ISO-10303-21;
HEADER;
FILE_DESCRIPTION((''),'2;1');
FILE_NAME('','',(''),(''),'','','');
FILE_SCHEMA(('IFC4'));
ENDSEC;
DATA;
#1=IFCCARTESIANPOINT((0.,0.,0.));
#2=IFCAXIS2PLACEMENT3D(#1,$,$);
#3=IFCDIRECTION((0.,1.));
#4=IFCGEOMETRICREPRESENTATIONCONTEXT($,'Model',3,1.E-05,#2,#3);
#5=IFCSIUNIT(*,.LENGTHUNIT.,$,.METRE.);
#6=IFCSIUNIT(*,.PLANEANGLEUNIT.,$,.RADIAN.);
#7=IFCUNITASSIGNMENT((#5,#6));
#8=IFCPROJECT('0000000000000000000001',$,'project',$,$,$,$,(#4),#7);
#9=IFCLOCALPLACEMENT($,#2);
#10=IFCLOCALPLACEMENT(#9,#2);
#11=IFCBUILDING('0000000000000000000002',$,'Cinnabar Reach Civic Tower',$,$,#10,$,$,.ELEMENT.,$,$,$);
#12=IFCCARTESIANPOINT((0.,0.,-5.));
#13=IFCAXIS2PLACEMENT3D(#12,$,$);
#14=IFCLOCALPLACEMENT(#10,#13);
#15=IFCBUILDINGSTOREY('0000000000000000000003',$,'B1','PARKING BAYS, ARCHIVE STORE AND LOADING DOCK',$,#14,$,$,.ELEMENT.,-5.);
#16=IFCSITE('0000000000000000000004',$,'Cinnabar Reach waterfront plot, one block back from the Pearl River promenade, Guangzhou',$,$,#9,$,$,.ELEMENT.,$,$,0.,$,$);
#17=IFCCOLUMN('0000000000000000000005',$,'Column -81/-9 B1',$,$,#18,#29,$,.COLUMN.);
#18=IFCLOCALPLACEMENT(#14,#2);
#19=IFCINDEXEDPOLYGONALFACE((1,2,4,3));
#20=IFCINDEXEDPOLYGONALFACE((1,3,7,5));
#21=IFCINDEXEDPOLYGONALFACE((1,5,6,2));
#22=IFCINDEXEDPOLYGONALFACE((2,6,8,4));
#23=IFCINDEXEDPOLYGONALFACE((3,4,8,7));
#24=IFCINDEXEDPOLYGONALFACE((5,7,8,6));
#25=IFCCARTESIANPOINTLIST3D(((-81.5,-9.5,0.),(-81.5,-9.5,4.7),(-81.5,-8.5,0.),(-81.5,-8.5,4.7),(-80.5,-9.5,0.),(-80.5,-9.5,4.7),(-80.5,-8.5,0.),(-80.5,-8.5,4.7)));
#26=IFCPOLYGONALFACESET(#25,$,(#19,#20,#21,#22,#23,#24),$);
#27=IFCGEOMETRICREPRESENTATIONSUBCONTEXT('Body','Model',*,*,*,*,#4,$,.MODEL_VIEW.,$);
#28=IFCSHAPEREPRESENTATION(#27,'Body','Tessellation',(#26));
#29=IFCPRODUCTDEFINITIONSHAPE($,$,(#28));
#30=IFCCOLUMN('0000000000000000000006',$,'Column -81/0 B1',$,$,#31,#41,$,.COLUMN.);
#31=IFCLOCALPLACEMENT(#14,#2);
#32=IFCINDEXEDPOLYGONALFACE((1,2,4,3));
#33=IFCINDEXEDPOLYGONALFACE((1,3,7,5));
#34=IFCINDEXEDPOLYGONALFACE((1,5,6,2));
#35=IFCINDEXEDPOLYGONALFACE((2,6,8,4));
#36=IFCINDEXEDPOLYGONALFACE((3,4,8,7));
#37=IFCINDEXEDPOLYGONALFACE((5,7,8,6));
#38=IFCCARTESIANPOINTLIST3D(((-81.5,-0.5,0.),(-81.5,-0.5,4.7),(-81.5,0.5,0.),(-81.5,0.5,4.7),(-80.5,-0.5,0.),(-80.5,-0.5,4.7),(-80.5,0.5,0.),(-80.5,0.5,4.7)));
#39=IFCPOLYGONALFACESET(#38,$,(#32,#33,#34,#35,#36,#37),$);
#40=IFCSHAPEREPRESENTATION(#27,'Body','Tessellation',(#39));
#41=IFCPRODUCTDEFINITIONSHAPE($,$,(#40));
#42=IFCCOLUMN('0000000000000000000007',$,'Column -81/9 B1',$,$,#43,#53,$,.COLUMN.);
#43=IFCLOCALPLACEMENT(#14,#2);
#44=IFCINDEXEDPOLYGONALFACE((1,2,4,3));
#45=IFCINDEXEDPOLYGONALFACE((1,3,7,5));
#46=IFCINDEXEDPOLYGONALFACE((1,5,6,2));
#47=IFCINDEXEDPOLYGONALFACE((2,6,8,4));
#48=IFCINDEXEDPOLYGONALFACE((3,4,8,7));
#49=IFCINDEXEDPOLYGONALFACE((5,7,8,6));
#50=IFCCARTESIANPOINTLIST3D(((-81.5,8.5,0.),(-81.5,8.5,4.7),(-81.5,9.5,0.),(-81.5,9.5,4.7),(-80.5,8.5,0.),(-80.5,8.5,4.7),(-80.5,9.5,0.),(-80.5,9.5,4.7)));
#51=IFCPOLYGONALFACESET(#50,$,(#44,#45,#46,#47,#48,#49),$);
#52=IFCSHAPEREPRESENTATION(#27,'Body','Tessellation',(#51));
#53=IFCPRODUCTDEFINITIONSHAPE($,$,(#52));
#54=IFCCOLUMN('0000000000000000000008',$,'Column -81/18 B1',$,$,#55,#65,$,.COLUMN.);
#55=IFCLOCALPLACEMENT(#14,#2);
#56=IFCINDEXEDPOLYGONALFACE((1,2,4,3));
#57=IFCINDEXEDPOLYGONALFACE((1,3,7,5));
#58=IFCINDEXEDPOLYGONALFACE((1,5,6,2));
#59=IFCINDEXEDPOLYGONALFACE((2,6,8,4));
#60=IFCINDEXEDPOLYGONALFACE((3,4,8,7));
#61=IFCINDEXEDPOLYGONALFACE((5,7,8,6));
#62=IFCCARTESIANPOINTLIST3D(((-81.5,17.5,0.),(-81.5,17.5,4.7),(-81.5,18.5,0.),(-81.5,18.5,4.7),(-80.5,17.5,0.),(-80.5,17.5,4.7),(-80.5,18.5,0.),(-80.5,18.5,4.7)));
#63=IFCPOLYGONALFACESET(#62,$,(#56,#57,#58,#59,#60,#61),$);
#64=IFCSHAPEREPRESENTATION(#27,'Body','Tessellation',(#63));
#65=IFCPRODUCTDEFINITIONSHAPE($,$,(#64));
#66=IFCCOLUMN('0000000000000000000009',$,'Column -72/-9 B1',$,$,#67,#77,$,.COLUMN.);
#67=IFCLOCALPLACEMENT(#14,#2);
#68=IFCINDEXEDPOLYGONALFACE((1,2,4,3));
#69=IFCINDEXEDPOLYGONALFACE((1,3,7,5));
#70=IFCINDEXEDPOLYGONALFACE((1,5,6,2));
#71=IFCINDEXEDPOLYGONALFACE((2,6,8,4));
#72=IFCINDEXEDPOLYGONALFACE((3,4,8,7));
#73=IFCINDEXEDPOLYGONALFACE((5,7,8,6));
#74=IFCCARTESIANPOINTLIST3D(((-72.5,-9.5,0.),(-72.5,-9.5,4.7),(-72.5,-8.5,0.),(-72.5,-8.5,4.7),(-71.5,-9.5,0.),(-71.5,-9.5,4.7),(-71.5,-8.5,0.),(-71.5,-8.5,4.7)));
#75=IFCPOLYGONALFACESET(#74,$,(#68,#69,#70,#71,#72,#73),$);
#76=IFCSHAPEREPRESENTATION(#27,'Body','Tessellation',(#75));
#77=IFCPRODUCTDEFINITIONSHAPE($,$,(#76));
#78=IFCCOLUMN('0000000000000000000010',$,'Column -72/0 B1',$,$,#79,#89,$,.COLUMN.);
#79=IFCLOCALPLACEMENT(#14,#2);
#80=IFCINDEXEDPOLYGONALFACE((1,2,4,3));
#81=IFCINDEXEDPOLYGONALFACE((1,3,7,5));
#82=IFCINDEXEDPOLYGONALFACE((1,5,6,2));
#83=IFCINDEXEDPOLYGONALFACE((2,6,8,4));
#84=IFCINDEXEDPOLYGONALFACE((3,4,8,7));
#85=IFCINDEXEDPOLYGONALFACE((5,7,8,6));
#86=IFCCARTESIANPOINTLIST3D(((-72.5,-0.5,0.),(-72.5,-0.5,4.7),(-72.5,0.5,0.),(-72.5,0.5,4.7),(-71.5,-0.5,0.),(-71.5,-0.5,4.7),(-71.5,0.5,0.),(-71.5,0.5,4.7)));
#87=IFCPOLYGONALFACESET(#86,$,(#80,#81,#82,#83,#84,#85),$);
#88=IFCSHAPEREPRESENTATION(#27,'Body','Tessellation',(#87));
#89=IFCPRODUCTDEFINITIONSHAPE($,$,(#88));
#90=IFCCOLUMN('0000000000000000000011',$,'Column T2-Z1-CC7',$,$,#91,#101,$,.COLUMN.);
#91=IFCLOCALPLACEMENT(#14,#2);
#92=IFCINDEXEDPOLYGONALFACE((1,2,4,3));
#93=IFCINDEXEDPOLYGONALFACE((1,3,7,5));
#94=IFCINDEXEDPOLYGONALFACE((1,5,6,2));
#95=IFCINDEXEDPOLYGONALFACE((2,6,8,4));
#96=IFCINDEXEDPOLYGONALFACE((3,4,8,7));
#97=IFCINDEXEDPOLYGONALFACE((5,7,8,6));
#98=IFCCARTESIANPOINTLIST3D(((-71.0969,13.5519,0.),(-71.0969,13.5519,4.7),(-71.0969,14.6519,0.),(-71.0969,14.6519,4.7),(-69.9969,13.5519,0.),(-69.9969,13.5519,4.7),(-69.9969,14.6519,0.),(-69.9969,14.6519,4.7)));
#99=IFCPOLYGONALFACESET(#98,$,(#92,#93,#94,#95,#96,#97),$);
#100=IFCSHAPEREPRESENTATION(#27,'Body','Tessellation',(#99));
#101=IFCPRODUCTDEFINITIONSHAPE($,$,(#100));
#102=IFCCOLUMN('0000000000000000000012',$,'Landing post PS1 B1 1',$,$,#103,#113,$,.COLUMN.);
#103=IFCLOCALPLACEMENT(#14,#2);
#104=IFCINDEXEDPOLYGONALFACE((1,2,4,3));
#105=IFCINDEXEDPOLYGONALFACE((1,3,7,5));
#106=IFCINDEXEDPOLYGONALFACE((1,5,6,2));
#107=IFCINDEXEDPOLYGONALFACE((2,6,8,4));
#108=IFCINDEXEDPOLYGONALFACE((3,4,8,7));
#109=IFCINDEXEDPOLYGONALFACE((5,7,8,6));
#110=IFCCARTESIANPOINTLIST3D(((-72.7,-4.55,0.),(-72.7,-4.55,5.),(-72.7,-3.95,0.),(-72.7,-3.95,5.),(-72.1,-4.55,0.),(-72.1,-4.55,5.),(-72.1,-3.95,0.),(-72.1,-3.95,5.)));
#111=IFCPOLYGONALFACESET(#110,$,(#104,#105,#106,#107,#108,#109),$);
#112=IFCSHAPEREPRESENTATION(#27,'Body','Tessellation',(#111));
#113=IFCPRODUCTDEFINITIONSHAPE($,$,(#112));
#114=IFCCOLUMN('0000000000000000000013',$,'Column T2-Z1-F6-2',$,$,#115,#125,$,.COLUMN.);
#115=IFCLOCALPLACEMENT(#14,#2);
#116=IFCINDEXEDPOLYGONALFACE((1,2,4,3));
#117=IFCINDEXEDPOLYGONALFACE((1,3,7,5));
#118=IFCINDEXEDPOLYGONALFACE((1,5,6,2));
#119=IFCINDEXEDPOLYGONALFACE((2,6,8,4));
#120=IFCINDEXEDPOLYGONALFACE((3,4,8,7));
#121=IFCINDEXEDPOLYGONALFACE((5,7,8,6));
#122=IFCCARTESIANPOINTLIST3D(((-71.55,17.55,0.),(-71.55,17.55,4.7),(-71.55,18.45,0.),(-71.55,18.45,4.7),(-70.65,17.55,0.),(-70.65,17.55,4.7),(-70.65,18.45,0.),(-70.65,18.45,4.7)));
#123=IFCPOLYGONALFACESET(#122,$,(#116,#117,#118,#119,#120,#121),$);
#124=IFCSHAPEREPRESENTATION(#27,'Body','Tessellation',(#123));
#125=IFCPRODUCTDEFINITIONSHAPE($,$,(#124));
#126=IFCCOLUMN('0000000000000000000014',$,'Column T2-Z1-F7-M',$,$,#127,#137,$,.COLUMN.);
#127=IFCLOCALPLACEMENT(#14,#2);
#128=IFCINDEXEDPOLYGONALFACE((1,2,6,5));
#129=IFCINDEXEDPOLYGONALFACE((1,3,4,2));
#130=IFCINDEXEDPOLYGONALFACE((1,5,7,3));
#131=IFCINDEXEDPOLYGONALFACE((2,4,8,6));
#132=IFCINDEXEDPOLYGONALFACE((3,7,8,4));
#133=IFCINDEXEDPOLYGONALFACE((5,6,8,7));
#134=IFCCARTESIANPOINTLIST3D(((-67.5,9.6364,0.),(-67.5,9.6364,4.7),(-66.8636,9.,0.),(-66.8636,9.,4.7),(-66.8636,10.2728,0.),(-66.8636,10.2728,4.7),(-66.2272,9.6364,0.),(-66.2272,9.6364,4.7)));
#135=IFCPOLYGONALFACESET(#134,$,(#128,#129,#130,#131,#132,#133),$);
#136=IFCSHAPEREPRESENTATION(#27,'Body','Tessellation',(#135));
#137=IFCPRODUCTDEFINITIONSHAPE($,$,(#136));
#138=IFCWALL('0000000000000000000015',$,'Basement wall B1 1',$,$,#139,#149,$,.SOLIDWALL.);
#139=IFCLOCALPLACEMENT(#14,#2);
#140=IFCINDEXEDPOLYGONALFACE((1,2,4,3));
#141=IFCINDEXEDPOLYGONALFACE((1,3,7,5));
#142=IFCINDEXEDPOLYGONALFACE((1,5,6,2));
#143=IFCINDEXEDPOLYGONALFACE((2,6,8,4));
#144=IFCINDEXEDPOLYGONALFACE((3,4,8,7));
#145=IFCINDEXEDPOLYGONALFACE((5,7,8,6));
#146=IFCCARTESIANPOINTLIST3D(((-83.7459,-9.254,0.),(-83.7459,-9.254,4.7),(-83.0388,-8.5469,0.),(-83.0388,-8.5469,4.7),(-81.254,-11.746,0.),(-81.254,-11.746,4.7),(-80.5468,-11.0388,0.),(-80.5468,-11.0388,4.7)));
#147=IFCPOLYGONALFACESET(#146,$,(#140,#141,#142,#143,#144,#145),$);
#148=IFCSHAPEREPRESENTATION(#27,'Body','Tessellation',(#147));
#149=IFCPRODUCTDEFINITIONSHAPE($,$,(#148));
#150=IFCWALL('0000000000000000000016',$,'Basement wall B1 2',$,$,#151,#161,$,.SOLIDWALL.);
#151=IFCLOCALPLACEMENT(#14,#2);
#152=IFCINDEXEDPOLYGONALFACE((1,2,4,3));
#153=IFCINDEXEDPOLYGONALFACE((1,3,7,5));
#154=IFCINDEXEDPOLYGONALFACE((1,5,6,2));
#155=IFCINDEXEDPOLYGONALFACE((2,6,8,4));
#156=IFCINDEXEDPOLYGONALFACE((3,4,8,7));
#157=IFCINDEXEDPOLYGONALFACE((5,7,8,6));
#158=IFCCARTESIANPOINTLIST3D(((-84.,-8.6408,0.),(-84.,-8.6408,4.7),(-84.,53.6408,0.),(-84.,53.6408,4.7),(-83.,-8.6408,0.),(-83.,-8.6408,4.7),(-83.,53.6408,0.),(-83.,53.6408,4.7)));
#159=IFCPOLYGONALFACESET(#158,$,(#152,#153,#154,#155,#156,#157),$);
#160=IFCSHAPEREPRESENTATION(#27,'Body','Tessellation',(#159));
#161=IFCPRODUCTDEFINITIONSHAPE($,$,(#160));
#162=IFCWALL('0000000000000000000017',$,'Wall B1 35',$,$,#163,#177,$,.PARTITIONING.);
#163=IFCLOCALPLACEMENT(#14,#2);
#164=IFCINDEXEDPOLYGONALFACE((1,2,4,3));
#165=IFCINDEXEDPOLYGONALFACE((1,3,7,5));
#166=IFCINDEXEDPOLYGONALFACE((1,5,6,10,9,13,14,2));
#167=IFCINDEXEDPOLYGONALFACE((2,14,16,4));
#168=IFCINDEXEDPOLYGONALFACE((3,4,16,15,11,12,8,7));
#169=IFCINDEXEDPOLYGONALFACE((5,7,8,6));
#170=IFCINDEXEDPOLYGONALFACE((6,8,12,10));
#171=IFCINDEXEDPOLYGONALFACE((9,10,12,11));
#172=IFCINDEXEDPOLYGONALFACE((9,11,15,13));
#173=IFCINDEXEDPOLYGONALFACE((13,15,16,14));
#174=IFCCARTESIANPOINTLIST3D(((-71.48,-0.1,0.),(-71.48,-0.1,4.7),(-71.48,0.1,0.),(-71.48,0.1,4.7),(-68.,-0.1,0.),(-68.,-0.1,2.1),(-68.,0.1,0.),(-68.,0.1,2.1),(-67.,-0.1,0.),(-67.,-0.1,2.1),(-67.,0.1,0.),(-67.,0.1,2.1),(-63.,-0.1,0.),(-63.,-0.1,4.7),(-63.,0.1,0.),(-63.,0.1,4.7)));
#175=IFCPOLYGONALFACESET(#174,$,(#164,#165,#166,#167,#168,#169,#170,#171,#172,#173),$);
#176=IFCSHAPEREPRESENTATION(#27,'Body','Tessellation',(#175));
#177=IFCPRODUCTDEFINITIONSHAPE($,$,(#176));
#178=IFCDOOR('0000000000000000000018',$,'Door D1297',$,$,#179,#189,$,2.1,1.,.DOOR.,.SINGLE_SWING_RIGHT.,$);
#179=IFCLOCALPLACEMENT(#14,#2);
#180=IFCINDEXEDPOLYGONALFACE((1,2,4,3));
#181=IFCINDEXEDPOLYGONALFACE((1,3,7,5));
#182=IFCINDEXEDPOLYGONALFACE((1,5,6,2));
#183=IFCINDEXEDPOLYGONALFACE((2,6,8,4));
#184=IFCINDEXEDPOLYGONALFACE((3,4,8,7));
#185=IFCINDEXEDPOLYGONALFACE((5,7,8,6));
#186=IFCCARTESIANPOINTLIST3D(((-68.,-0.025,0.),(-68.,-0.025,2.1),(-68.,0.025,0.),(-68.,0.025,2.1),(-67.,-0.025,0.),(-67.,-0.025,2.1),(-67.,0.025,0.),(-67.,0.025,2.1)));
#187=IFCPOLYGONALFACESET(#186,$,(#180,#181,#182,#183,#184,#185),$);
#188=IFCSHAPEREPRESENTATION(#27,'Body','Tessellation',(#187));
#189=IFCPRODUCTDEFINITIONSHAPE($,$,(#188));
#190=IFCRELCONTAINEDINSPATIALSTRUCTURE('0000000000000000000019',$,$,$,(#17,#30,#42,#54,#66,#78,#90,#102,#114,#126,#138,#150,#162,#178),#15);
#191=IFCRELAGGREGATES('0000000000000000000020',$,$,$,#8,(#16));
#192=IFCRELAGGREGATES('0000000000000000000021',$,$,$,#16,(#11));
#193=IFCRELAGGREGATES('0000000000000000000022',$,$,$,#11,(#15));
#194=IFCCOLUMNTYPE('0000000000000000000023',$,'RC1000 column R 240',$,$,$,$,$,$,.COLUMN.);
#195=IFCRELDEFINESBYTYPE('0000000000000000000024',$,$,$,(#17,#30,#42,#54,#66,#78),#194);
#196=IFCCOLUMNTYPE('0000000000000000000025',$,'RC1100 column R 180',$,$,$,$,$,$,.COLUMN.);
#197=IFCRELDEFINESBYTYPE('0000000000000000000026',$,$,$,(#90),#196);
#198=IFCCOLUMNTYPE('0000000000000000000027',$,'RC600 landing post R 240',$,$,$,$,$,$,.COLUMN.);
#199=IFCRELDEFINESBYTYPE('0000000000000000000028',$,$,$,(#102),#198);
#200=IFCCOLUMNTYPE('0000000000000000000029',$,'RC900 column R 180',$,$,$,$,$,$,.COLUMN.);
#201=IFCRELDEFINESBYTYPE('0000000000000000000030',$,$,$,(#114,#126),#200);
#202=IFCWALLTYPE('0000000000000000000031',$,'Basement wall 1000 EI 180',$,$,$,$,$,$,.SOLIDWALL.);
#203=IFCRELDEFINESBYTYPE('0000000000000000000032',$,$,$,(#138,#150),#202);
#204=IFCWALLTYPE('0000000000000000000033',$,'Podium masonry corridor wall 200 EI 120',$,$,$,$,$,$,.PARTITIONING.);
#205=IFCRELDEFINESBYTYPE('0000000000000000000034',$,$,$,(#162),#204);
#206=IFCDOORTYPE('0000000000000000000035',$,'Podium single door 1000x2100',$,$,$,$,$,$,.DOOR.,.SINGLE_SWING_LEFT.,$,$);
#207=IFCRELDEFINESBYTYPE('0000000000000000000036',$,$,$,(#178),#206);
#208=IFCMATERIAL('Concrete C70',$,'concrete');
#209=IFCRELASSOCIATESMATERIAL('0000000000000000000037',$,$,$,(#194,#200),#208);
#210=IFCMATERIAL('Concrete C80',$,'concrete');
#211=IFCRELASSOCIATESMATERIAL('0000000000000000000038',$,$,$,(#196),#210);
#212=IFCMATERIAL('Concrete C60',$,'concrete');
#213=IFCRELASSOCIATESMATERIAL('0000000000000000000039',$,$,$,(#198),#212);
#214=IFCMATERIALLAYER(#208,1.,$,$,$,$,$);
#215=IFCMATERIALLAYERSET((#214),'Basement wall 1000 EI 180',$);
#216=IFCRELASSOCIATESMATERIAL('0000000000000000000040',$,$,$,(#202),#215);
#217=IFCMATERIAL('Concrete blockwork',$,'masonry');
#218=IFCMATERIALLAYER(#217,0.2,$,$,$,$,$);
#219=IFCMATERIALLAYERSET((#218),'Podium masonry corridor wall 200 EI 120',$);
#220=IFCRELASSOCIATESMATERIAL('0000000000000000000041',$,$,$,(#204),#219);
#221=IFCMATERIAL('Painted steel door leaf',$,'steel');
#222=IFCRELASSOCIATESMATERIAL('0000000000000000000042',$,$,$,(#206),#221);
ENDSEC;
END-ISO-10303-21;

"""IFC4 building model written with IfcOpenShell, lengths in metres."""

from ifc_helpers import new_model, si_unit, direction, frame, frame_2d, origin, origin_2d, place, context, subcontext, project, spatial, rectangle, extrude, material, layer, layer_set, material_profile, profile_set, type_object, element, fill, save


model = new_model("IFC4")

# Units and contexts
model_context = context("Model", 3, precision=1e-05, world=origin(), true_north=direction((0.0, 1.0)))
body_context = subcontext(model_context, "Body", "Model", "MODEL_VIEW")
ifc_project = project(units=[si_unit("LENGTHUNIT", "METRE"), si_unit("PLANEANGLEUNIT", "RADIAN")], contexts=[model_context])

# Site, building, storey
site_placement = place(None, origin())
site = spatial("IfcSite", under=ifc_project, at=site_placement, Name="Cinnabar Reach waterfront plot, one block back from the Pearl River promenade, Guangzhou", CompositionType="ELEMENT", RefElevation=0.0)
building_placement = place(site_placement, origin())
building = spatial("IfcBuilding", under=site, at=building_placement, Name="Cinnabar Reach Civic Tower", CompositionType="ELEMENT")
storey_placement = place(building_placement, frame((0.0, 0.0, -5.0)))
storey = spatial("IfcBuildingStorey", under=building, at=storey_placement, Name="B1", Description="PARKING BAYS, ARCHIVE STORE AND LOADING DOCK", CompositionType="ELEMENT", Elevation=-5.0)

# Columns
ifc_material_1 = material(Name="Concrete C70", Category="concrete")
ifc_material_profile_1 = material_profile(ifc_material_1, rectangle(XDim=1.0, YDim=1.0, at=origin_2d()), Name="RC1000")
ifc_profile_set_1 = profile_set([ifc_material_profile_1], Name="Concrete C70")
column_type_1 = type_object("IfcColumnType", Name="RC1000 column R 240", PredefinedType="COLUMN", material=ifc_profile_set_1)
for number, where, z_axis, x_axis, name in (
    (1, (-81.0, -9.0, 0.0), (0.0, 0.0, 1.0), (1.0, 0.0, 0.0), "Column -81/-9 B1"),
    (2, (-81.0, 0.0, 0.0), (0.0, 0.0, 1.0), (1.0, 0.0, 0.0), "Column -81/0 B1"),
    (3, (-81.0, 9.0, 0.0), (0.0, 0.0, 1.0), (1.0, 0.0, 0.0), "Column -81/9 B1"),
    (4, (-81.0, 18.0, 0.0), (0.0, 0.0, 1.0), (1.0, 0.0, 0.0), "Column -81/18 B1"),
    (5, (-72.0, -9.0, 0.0), (0.0, 0.0, 1.0), (1.0, 0.0, 0.0), "Column -72/-9 B1"),
    (6, (-72.0, 0.0, 0.0), (0.0, 0.0, 1.0), (1.0, 0.0, 0.0), "Column -72/0 B1"),
):
    element("IfcColumn", number, at=place(storey_placement, frame(where, z_axis=z_axis, x_axis=x_axis)), inside=storey, type_object=column_type_1, Name=name, PredefinedType="COLUMN", context=body_context, shape_type="SweptSolid", body=[
        extrude(rectangle(XDim=1.0, YDim=1.0, at=origin_2d()), origin(), (0.0, 0.0, 1.0), 4.7),
    ])
ifc_material_2 = material(Name="Concrete C80", Category="concrete")
ifc_material_profile_2 = material_profile(ifc_material_2, rectangle(XDim=1.1, YDim=1.1, at=origin_2d()), Name="RC1100")
ifc_profile_set_2 = profile_set([ifc_material_profile_2], Name="Concrete C80")
column_type_2 = type_object("IfcColumnType", Name="RC1100 column R 180", PredefinedType="COLUMN", material=ifc_profile_set_2)
column_1_placement = place(storey_placement, frame((-70.5469, 14.1019, 0.0), z_axis=(0.0, 0.0, 1.0), x_axis=(1.0, 0.0, 0.0)))
element("IfcColumn", 7, at=column_1_placement, inside=storey, type_object=column_type_2, Name="Column T2-Z1-CC7", PredefinedType="COLUMN", context=body_context, shape_type="SweptSolid", body=[
    extrude(rectangle(XDim=1.1, YDim=1.1, at=origin_2d()), origin(), (0.0, 0.0, 1.0), 4.7),
])
ifc_material_3 = material(Name="Concrete C60", Category="concrete")
ifc_material_profile_3 = material_profile(ifc_material_3, rectangle(XDim=0.6, YDim=0.6, at=origin_2d()), Name="RC600")
ifc_profile_set_3 = profile_set([ifc_material_profile_3], Name="Concrete C60")
column_type_3 = type_object("IfcColumnType", Name="RC600 landing post R 240", PredefinedType="COLUMN", material=ifc_profile_set_3)
column_2_placement = place(storey_placement, frame((-72.4, -4.25, 0.0), z_axis=(0.0, 0.0, 1.0), x_axis=(1.0, 0.0, 0.0)))
element("IfcColumn", 8, at=column_2_placement, inside=storey, type_object=column_type_3, Name="Landing post PS1 B1 1", PredefinedType="COLUMN", context=body_context, shape_type="SweptSolid", body=[
    extrude(rectangle(XDim=0.6, YDim=0.6, at=origin_2d()), origin(), (0.0, 0.0, 1.0), 5.0),
])
ifc_material_profile_4 = material_profile(ifc_material_1, rectangle(XDim=0.9, YDim=0.9, at=origin_2d()), Name="RC900")
ifc_profile_set_4 = profile_set([ifc_material_profile_4], Name="Concrete C70")
column_type_4 = type_object("IfcColumnType", Name="RC900 column R 180", PredefinedType="COLUMN", material=ifc_profile_set_4)
for number, where, z_axis, x_axis, name in (
    (9, (-71.1, 18.0, 0.0), (0.0, 0.0, 1.0), (1.0, 0.0, 0.0), "Column T2-Z1-F6-2"),
    (10, (-66.8636, 9.6364, 0.0), (0.0, 0.0, 1.0), (0.707107, 0.707107, 0.0), "Column T2-Z1-F7-M"),
):
    element("IfcColumn", number, at=place(storey_placement, frame(where, z_axis=z_axis, x_axis=x_axis)), inside=storey, type_object=column_type_4, Name=name, PredefinedType="COLUMN", context=body_context, shape_type="SweptSolid", body=[
        extrude(rectangle(XDim=0.9, YDim=0.9, at=origin_2d()), origin(), (0.0, 0.0, 1.0), 4.7),
    ])

# Walls
ifc_layer_1 = layer(ifc_material_1, 1.0)
ifc_layer_set_1 = layer_set([ifc_layer_1], Name="Basement wall 1000 EI 180")
wall_type_1 = type_object("IfcWallType", Name="Basement wall 1000 EI 180", PredefinedType="SOLIDWALL", material=ifc_layer_set_1)
wall_1_placement = place(storey_placement, frame((-80.9004, -11.3924, 0.0), z_axis=(0.0, 0.0, 1.0), x_axis=(-0.707107, 0.707107, 0.0)))
element("IfcWall", 11, at=wall_1_placement, inside=storey, type_object=wall_type_1, Name="Basement wall B1 1", PredefinedType="SOLIDWALL", context=body_context, shape_type="SweptSolid", body=[
    extrude(rectangle(XDim=3.5242, YDim=1.0, at=frame_2d((1.7621, 0.0))), origin(), (0.0, 0.0, 1.0), 4.7),
])
wall_2_placement = place(storey_placement, frame((-83.5, -8.6408, 0.0), z_axis=(0.0, 0.0, 1.0), x_axis=(0.0, 1.0, 0.0)))
element("IfcWall", 12, at=wall_2_placement, inside=storey, type_object=wall_type_1, Name="Basement wall B1 2", PredefinedType="SOLIDWALL", context=body_context, shape_type="SweptSolid", body=[
    extrude(rectangle(XDim=62.2816, YDim=1.0, at=frame_2d((31.1408, 0.0))), origin(), (0.0, 0.0, 1.0), 4.7),
])

# Wall, opening, door
ifc_material_4 = material(Name="Concrete blockwork", Category="masonry")
ifc_layer_2 = layer(ifc_material_4, 0.2)
ifc_layer_set_2 = layer_set([ifc_layer_2], Name="Podium masonry corridor wall 200 EI 120")
wall_type_2 = type_object("IfcWallType", Name="Podium masonry corridor wall 200 EI 120", PredefinedType="PARTITIONING", material=ifc_layer_set_2)
wall_3_placement = place(storey_placement, frame((-71.48, 0.0, 0.0), z_axis=(0.0, 0.0, 1.0), x_axis=(1.0, 0.0, 0.0)))
wall_3 = element("IfcWall", 13, at=wall_3_placement, inside=storey, type_object=wall_type_2, Name="Wall B1 35", PredefinedType="PARTITIONING", context=body_context, shape_type="SweptSolid", body=[
    extrude(rectangle(XDim=8.48, YDim=0.2, at=frame_2d((4.24, 0.0))), origin(), (0.0, 0.0, 1.0), 4.7),
])
opening_1_placement = place(wall_3_placement, frame((3.48, 0.0, 0.0)))
opening_1 = element("IfcOpeningElement", 14, at=opening_1_placement, cuts=wall_3, PredefinedType="OPENING", context=body_context, shape_type="SweptSolid", body=[
    extrude(rectangle(XDim=1.0, YDim=2.1, at=frame_2d((0.5, 1.05))), frame((0.0, 0.11, 0.0), z_axis=(0.0, -1.0, 0.0), x_axis=(1.0, 0.0, 0.0)), (0.0, 0.0, 1.0), 0.22),
])
ifc_material_5 = material(Name="Painted steel door leaf", Category="steel")
door_type_1 = type_object("IfcDoorType", Name="Podium single door 1000x2100", OperationType="SINGLE_SWING_LEFT", PredefinedType="DOOR", material=ifc_material_5)
door_1_placement = place(opening_1_placement, frame((1.0, 0.0, 0.0), z_axis=(0.0, 0.0, 1.0), x_axis=(-1.0, 0.0, 0.0)))
door_1 = element("IfcDoor", 15, at=door_1_placement, inside=storey, type_object=door_type_1, Name="Door D1297", OperationType="SINGLE_SWING_RIGHT", OverallHeight=2.1, OverallWidth=1.0, PredefinedType="DOOR", context=body_context, shape_type="SweptSolid", body=[
    extrude(rectangle(XDim=1.0, YDim=2.1, at=frame_2d((0.5, 1.05))), frame((0.0, 0.025, 0.0), z_axis=(0.0, -1.0, 0.0), x_axis=(1.0, 0.0, 0.0)), (0.0, 0.0, 1.0), 0.05),
])
fill(opening_1, door_1)

save(model, "model.ifc")
